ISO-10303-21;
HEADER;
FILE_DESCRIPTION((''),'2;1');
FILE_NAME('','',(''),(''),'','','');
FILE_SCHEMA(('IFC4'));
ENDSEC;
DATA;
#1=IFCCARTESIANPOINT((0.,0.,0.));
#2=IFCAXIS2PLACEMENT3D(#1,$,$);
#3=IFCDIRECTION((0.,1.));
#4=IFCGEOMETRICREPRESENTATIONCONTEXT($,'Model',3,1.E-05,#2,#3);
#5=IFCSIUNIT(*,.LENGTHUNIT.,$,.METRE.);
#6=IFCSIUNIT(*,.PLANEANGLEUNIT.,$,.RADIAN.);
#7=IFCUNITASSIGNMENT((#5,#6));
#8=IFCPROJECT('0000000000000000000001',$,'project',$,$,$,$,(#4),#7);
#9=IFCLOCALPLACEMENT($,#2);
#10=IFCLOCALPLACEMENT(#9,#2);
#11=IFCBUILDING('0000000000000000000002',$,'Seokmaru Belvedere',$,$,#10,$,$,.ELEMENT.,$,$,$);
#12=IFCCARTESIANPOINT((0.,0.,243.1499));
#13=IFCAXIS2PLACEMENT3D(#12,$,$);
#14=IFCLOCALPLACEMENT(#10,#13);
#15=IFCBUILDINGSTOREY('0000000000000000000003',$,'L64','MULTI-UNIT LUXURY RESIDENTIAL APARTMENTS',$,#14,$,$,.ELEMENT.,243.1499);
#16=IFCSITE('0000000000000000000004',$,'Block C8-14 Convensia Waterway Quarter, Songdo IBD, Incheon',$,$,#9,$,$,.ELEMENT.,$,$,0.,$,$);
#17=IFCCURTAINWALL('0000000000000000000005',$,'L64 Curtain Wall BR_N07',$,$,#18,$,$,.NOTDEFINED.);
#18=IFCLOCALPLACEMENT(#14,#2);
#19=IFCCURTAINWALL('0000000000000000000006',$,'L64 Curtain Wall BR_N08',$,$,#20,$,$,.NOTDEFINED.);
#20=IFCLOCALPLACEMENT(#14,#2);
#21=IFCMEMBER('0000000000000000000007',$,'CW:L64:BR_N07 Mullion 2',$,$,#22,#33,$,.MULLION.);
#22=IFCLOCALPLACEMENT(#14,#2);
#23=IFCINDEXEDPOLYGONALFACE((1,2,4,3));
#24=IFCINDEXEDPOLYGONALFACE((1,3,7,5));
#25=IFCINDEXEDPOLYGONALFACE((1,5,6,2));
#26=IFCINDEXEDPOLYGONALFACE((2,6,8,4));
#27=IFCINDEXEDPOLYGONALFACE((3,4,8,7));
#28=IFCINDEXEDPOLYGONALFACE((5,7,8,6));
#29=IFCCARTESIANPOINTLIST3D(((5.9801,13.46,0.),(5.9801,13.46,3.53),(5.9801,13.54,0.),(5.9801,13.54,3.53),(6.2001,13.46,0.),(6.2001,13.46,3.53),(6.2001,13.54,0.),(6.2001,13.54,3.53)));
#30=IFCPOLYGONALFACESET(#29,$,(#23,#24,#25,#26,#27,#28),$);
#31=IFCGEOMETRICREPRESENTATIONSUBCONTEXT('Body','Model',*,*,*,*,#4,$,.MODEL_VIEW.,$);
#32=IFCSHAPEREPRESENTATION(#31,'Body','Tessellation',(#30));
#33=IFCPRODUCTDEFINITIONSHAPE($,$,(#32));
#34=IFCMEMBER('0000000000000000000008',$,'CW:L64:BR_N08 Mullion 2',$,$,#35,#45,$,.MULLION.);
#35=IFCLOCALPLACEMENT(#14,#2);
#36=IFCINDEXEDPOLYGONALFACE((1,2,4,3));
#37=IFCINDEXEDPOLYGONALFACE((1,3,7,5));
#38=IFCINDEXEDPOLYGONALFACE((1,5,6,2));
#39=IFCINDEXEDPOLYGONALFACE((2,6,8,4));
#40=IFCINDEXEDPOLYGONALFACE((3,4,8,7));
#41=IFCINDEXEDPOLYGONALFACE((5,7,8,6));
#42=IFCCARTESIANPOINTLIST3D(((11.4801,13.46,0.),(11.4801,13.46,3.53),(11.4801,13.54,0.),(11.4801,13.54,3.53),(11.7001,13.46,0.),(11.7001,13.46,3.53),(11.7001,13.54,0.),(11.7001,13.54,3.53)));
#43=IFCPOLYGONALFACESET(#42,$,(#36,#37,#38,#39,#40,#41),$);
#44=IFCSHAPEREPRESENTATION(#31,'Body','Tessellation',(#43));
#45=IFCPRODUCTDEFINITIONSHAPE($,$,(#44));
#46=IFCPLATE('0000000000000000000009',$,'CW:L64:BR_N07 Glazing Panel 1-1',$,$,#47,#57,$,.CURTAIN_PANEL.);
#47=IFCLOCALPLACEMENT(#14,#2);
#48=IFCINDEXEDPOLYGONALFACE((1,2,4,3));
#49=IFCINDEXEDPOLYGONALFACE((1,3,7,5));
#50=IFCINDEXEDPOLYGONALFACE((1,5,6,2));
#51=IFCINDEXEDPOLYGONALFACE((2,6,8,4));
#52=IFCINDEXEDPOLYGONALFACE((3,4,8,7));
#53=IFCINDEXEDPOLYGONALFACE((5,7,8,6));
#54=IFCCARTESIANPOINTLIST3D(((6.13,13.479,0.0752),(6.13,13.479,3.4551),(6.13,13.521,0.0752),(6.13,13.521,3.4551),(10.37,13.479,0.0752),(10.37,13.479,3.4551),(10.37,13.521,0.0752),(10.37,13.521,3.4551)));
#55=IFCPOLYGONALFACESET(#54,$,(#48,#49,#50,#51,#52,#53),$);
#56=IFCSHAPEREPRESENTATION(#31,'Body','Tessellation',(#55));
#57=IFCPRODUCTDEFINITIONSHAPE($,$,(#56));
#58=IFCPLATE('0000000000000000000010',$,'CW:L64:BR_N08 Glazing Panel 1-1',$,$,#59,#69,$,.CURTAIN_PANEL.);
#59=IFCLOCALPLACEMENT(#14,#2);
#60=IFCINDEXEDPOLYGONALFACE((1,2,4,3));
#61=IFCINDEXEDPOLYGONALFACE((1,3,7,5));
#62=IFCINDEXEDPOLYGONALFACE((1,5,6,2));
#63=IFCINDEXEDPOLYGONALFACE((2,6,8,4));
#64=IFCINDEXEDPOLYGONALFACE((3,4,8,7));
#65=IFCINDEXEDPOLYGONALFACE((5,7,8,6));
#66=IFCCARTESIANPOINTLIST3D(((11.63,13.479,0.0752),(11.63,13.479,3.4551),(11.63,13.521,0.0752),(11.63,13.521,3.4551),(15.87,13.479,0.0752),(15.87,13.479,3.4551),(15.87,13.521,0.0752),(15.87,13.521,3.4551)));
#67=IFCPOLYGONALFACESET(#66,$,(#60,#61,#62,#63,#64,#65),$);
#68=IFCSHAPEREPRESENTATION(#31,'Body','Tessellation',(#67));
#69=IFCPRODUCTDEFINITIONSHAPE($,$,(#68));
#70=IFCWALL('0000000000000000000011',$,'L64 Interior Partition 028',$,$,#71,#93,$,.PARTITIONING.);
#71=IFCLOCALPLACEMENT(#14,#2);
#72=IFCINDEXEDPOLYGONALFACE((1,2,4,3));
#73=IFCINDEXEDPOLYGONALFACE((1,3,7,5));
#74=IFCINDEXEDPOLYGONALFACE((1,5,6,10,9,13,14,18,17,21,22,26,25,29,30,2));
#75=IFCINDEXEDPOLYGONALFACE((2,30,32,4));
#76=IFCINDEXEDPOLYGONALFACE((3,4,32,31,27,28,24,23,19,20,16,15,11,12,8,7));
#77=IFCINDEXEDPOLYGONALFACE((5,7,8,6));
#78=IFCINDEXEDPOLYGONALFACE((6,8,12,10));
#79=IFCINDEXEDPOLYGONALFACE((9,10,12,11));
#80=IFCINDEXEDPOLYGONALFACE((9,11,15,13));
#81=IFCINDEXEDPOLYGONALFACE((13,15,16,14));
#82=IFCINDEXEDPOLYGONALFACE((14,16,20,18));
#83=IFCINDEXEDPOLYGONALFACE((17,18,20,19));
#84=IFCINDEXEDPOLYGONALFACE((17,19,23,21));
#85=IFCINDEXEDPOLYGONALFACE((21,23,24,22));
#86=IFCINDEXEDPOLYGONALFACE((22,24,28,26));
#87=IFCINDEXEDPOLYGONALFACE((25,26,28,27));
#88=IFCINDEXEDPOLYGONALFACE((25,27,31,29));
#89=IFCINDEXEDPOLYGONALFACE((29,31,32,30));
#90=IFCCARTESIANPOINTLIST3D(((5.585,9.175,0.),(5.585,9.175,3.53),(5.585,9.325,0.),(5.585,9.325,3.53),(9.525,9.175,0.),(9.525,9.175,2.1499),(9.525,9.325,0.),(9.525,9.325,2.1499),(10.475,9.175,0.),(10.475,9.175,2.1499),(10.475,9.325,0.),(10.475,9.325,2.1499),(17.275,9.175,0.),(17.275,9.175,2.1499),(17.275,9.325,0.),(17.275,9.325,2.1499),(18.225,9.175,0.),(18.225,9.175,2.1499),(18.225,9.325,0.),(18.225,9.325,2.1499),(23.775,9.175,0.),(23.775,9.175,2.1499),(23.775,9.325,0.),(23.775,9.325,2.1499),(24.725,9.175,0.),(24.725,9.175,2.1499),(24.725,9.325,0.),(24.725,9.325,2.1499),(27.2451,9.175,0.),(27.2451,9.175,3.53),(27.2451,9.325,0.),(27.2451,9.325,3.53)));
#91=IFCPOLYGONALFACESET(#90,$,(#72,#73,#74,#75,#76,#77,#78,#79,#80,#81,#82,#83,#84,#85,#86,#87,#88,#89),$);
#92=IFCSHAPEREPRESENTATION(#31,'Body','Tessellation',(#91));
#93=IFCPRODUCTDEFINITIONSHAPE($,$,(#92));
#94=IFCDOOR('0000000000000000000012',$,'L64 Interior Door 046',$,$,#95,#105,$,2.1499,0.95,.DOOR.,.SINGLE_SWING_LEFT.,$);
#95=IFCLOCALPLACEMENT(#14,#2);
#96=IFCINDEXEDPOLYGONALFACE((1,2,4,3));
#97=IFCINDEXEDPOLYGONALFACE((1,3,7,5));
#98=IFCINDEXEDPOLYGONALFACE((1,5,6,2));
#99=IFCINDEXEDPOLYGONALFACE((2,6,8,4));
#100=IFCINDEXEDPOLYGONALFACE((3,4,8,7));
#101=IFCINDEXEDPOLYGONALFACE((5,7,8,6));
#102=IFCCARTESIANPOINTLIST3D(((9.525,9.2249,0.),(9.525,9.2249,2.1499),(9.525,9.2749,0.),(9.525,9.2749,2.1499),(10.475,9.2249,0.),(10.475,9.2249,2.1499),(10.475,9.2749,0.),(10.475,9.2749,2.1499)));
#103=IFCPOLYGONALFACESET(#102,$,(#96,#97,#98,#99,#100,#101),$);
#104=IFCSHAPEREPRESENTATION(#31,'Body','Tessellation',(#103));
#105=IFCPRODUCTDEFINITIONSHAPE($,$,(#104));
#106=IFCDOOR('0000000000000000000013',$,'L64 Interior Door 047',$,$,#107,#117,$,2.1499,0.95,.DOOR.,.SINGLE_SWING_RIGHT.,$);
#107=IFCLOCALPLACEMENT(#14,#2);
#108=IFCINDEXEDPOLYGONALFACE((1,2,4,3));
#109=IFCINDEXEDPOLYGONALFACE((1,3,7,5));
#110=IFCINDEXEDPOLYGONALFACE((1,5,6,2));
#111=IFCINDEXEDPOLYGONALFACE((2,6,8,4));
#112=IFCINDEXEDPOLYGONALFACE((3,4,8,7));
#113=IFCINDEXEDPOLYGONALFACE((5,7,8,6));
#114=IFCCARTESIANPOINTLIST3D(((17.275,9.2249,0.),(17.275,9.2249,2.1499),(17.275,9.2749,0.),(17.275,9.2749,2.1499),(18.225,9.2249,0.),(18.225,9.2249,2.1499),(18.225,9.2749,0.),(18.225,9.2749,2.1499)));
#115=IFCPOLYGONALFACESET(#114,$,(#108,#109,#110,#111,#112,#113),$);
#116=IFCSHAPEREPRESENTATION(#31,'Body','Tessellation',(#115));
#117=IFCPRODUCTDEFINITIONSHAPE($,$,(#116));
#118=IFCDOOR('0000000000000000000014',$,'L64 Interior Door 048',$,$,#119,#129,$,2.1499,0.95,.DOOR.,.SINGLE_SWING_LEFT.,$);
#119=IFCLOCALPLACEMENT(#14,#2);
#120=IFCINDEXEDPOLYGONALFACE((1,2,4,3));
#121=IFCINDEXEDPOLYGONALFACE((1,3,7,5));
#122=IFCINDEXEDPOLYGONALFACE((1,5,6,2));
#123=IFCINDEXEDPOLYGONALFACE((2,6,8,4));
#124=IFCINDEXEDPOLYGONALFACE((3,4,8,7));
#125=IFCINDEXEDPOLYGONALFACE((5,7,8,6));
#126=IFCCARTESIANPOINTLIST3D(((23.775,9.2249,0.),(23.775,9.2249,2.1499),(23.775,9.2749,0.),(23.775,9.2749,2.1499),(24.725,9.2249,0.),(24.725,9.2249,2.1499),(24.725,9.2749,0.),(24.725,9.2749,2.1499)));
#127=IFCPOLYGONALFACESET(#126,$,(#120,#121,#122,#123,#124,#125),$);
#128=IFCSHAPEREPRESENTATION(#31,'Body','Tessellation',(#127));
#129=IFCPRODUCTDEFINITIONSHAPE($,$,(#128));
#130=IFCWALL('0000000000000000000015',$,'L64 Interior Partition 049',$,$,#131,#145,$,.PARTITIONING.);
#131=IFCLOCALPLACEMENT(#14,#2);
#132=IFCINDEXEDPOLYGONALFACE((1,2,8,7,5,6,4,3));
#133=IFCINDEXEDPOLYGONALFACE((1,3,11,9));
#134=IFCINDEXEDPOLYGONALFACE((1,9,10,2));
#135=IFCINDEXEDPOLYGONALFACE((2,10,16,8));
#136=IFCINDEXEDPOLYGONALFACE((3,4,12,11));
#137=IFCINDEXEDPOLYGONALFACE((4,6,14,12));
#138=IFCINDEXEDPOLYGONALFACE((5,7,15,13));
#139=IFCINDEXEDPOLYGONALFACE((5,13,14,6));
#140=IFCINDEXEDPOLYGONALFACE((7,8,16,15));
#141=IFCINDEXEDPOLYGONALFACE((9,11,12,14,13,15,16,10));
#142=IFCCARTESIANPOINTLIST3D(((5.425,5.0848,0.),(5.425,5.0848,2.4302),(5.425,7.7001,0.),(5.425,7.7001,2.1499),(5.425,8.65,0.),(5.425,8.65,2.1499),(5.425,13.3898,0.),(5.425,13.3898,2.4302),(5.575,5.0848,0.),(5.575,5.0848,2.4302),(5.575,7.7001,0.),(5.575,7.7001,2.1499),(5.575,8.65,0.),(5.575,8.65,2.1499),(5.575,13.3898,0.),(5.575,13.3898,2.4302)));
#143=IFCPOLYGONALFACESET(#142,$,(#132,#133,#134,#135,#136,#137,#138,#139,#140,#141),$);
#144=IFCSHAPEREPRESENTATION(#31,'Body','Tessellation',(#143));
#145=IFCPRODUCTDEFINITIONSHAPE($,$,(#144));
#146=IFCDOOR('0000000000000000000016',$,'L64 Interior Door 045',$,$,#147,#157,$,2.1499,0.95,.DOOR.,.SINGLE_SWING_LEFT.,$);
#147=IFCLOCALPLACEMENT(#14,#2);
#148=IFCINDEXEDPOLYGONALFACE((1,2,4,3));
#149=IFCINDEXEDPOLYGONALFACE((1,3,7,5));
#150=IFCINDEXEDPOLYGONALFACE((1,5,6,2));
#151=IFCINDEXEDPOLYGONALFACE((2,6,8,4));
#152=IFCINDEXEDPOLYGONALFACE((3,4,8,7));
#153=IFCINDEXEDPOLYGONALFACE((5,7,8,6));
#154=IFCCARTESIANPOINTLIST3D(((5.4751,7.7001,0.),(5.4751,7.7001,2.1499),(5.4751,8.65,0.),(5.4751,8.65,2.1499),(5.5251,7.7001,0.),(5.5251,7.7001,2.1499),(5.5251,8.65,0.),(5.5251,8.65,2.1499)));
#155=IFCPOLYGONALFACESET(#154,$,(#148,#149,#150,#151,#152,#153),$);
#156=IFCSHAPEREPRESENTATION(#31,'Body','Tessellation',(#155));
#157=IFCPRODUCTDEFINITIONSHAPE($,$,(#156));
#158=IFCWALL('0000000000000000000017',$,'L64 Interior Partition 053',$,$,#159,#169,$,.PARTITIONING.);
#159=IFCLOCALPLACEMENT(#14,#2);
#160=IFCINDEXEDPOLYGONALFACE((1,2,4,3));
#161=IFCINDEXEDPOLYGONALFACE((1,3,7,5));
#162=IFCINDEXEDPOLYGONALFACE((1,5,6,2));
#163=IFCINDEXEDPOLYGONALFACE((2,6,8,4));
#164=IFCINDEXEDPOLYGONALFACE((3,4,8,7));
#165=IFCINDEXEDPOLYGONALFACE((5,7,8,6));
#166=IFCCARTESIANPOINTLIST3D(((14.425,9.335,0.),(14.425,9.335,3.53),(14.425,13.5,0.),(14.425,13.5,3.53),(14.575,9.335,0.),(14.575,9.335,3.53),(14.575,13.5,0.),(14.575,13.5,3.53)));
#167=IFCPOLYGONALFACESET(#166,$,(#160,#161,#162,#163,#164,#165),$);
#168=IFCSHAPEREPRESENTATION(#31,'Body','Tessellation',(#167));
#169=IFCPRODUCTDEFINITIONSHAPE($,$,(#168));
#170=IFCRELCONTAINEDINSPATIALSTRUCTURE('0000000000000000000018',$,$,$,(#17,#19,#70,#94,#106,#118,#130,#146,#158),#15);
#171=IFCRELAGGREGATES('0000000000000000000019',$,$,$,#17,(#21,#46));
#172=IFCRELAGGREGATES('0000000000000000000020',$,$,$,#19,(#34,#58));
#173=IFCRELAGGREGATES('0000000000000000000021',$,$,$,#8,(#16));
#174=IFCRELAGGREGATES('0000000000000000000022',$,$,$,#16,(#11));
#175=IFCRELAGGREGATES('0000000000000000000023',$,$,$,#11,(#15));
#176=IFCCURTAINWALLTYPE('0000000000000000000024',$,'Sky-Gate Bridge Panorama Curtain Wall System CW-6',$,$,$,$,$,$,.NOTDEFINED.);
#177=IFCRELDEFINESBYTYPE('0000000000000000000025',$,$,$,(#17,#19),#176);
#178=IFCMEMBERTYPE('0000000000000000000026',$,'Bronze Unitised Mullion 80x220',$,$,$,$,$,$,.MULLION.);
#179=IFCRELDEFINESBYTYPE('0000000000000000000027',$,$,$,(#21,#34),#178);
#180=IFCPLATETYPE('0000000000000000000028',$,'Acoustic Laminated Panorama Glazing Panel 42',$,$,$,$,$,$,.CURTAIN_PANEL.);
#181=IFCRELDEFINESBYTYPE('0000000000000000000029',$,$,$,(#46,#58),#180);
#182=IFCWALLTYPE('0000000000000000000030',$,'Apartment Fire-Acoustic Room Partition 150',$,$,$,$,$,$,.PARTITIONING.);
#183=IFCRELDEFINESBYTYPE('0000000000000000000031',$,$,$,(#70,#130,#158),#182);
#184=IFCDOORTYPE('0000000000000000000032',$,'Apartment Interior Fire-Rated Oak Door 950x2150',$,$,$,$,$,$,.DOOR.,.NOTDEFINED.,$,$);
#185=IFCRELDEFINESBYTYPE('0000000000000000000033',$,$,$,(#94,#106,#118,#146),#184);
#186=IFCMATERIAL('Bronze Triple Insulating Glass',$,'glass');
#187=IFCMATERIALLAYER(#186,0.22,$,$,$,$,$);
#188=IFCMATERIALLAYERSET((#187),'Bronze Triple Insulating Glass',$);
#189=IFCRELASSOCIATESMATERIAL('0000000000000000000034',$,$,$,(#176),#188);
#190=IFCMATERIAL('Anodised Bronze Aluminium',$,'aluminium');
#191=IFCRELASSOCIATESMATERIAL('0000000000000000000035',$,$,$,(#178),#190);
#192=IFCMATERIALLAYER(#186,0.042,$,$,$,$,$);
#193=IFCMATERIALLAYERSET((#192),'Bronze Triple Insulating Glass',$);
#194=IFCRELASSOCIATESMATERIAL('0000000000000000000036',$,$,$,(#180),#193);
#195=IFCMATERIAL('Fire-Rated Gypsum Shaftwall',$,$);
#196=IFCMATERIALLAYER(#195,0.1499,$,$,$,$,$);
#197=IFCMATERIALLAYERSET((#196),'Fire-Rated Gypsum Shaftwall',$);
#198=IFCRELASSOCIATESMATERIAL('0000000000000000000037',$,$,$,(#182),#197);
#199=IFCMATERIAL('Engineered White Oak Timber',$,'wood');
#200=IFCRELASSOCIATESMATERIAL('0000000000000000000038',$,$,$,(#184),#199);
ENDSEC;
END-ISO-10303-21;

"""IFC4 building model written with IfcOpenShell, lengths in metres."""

from ifc_helpers import new_model, si_unit, direction, frame, frame_2d, origin, origin_2d, place, context, subcontext, project, spatial, rectangle, extrude, source, transform, mapped, material, layer, layer_set, material_profile, profile_set, type_object, type_shapes, element, fill, aggregate, save


model = new_model("IFC4")

# Units and contexts
model_context = context("Model", 3, precision=1e-05, world=origin(), true_north=direction((0.0, 1.0)))
body_context = subcontext(model_context, "Body", "Model", "MODEL_VIEW")
ifc_project = project(units=[si_unit("LENGTHUNIT", "METRE"), si_unit("PLANEANGLEUNIT", "RADIAN")], contexts=[model_context])

# Site, building, storey
site_placement = place(None, origin())
site = spatial("IfcSite", under=ifc_project, at=site_placement, Name="Block C8-14 Convensia Waterway Quarter, Songdo IBD, Incheon", CompositionType="ELEMENT", RefElevation=0.0)
building_placement = place(site_placement, origin())
building = spatial("IfcBuilding", under=site, at=building_placement, Name="Seokmaru Belvedere", CompositionType="ELEMENT")
storey_placement = place(building_placement, frame((0.0, 0.0, 243.1499)))
storey = spatial("IfcBuildingStorey", under=building, at=storey_placement, Name="L64", Description="MULTI-UNIT LUXURY RESIDENTIAL APARTMENTS", CompositionType="ELEMENT", Elevation=243.1499)

# Curtain walls
ifc_material_1 = material(Name="Bronze Triple Insulating Glass", Category="glass")
ifc_layer_1 = layer(ifc_material_1, 0.22)
ifc_layer_set_1 = layer_set([ifc_layer_1], Name="Bronze Triple Insulating Glass")
curtain_wall_type = type_object("IfcCurtainWallType", Name="Sky-Gate Bridge Panorama Curtain Wall System CW-6", PredefinedType="NOTDEFINED", material=ifc_layer_set_1)
curtain_wall_1_placement = place(storey_placement, origin())
curtain_wall_1 = element("IfcCurtainWall", 1, at=curtain_wall_1_placement, inside=storey, type_object=curtain_wall_type, Name="L64 Curtain Wall BR_N07", PredefinedType="NOTDEFINED")
ifc_material_2 = material(Name="Anodised Bronze Aluminium", Category="aluminium")
curtain_wall_2_placement = place(storey_placement, origin())
curtain_wall_2 = element("IfcCurtainWall", 2, at=curtain_wall_2_placement, inside=storey, type_object=curtain_wall_type, Name="L64 Curtain Wall BR_N08", PredefinedType="NOTDEFINED")

# Members
ifc_material_profile_1 = material_profile(ifc_material_2, rectangle(XDim=0.0801, YDim=0.22, at=origin_2d()), Name="CW-M-80x220")
ifc_profile_set_1 = profile_set([ifc_material_profile_1], Name="Anodised Bronze Aluminium")
member_type_1 = type_object("IfcMemberType", Name="Bronze Unitised Mullion 80x220", PredefinedType="MULLION", material=ifc_profile_set_1)
shared_shape_1 = source(origin(), body_context, "Body", "SweptSolid", [
    extrude(rectangle(XDim=0.0801, YDim=0.22, at=origin_2d()), origin(), (0.0, 0.0, 1.0), 3.53),
])
type_shapes(member_type_1, [shared_shape_1])
member_1_placement = place(storey_placement, frame((6.0901, 13.5, 0.0), z_axis=(0.0, 0.0, 1.0), x_axis=(0.0, -1.0, 0.0)))
member_1 = element("IfcMember", 3, at=member_1_placement, type_object=member_type_1, Name="CW:L64:BR_N07 Mullion 2", PredefinedType="MULLION", context=body_context, shape_type="MappedRepresentation", body=[
    mapped(shared_shape_1, transform((0.0, 0.0, 0.0), scale=1.0)),
])
member_2_placement = place(storey_placement, frame((11.5901, 13.5, 0.0), z_axis=(0.0, 0.0, 1.0), x_axis=(0.0, -1.0, 0.0)))
member_2 = element("IfcMember", 4, at=member_2_placement, type_object=member_type_1, Name="CW:L64:BR_N08 Mullion 2", PredefinedType="MULLION", context=body_context, shape_type="MappedRepresentation", body=[
    mapped(shared_shape_1, transform((0.0, 0.0, 0.0), scale=1.0)),
])

# Plates
ifc_layer_2 = layer(ifc_material_1, 0.042)
ifc_layer_set_2 = layer_set([ifc_layer_2], Name="Bronze Triple Insulating Glass")
plate_type = type_object("IfcPlateType", Name="Acoustic Laminated Panorama Glazing Panel 42", PredefinedType="CURTAIN_PANEL", material=ifc_layer_set_2)
shared_shape_2 = source(origin(), body_context, "Body", "SweptSolid", [
    extrude(rectangle(XDim=4.24, YDim=0.042, at=origin_2d()), origin(), (0.0, 0.0, 1.0), 3.3799),
])
type_shapes(plate_type, [shared_shape_2])
plate_1_placement = place(storey_placement, frame((8.25, 13.5, 0.0752), z_axis=(0.0, 0.0, 1.0), x_axis=(-1.0, 0.0, 0.0)))
plate_1 = element("IfcPlate", 5, at=plate_1_placement, type_object=plate_type, Name="CW:L64:BR_N07 Glazing Panel 1-1", PredefinedType="CURTAIN_PANEL", context=body_context, shape_type="MappedRepresentation", body=[
    mapped(shared_shape_2, transform((0.0, 0.0, 0.0), scale=1.0)),
])
aggregate(curtain_wall_1, [member_1, plate_1])
plate_2_placement = place(storey_placement, frame((13.75, 13.5, 0.0752), z_axis=(0.0, 0.0, 1.0), x_axis=(-1.0, 0.0, 0.0)))
plate_2 = element("IfcPlate", 6, at=plate_2_placement, type_object=plate_type, Name="CW:L64:BR_N08 Glazing Panel 1-1", PredefinedType="CURTAIN_PANEL", context=body_context, shape_type="MappedRepresentation", body=[
    mapped(shared_shape_2, transform((0.0, 0.0, 0.0), scale=1.0)),
])
aggregate(curtain_wall_2, [member_2, plate_2])

# Wall, openings, doors
ifc_material_3 = material(Name="Fire-Rated Gypsum Shaftwall")
ifc_layer_3 = layer(ifc_material_3, 0.1499)
ifc_layer_set_3 = layer_set([ifc_layer_3], Name="Fire-Rated Gypsum Shaftwall")
wall_type_1 = type_object("IfcWallType", Name="Apartment Fire-Acoustic Room Partition 150", PredefinedType="PARTITIONING", material=ifc_layer_set_3)
wall_1_placement = place(storey_placement, frame((5.585, 9.25, 0.0), z_axis=(0.0, 0.0, 1.0), x_axis=(1.0, 0.0, 0.0)))
wall_1 = element("IfcWall", 7, at=wall_1_placement, inside=storey, type_object=wall_type_1, Name="L64 Interior Partition 028", PredefinedType="PARTITIONING", context=body_context, shape_type="SweptSolid", body=[
    extrude(rectangle(XDim=21.6602, YDim=0.1499, at=frame_2d((10.8301, 0.0))), origin(), (0.0, 0.0, 1.0), 3.53),
])
opening_1_placement = place(wall_1_placement, frame((3.9399, 0.0, 0.0)))
opening_1 = element("IfcOpeningElement", 8, at=opening_1_placement, cuts=wall_1, PredefinedType="OPENING", context=body_context, shape_type="SweptSolid", body=[
    extrude(rectangle(XDim=0.95, YDim=2.1499, at=frame_2d((0.4751, 1.075))), frame((0.0, 0.085, 0.0), z_axis=(0.0, -1.0, 0.0), x_axis=(1.0, 0.0, 0.0)), (0.0, 0.0, 1.0), 0.1699),
])
opening_2_placement = place(wall_1_placement, frame((11.6899, 0.0, 0.0)))
opening_2 = element("IfcOpeningElement", 9, at=opening_2_placement, cuts=wall_1, PredefinedType="OPENING", context=body_context, shape_type="SweptSolid", body=[
    extrude(rectangle(XDim=0.95, YDim=2.1499, at=frame_2d((0.4751, 1.075))), frame((0.0, 0.085, 0.0), z_axis=(0.0, -1.0, 0.0), x_axis=(1.0, 0.0, 0.0)), (0.0, 0.0, 1.0), 0.1699),
])
opening_3_placement = place(wall_1_placement, frame((18.1899, 0.0, 0.0)))
opening_3 = element("IfcOpeningElement", 10, at=opening_3_placement, cuts=wall_1, PredefinedType="OPENING", context=body_context, shape_type="SweptSolid", body=[
    extrude(rectangle(XDim=0.95, YDim=2.1499, at=frame_2d((0.4751, 1.075))), frame((0.0, 0.085, 0.0), z_axis=(0.0, -1.0, 0.0), x_axis=(1.0, 0.0, 0.0)), (0.0, 0.0, 1.0), 0.1699),
])
ifc_material_4 = material(Name="Engineered White Oak Timber", Category="wood")
door_type_1 = type_object("IfcDoorType", Name="Apartment Interior Fire-Rated Oak Door 950x2150", OperationType="NOTDEFINED", PredefinedType="DOOR", material=ifc_material_4)
shared_shape_3 = source(origin(), body_context, "Body", "SweptSolid", [
    extrude(rectangle(XDim=0.95, YDim=2.1499, at=frame_2d((0.4751, 1.075))), frame((0.0, 0.0249, 0.0), z_axis=(0.0, -1.0, 0.0), x_axis=(1.0, 0.0, 0.0)), (0.0, 0.0, 1.0), 0.05),
])
type_shapes(door_type_1, [shared_shape_3])
door_1_placement = place(opening_1_placement, origin())
door_1 = element("IfcDoor", 11, at=door_1_placement, inside=storey, type_object=door_type_1, Name="L64 Interior Door 046", OperationType="SINGLE_SWING_LEFT", OverallHeight=2.1499, OverallWidth=0.95, PredefinedType="DOOR", context=body_context, shape_type="MappedRepresentation", body=[
    mapped(shared_shape_3, transform((0.0, 0.0, 0.0), scale=1.0)),
])
fill(opening_1, door_1)
door_2_placement = place(opening_2_placement, origin())
door_2 = element("IfcDoor", 12, at=door_2_placement, inside=storey, type_object=door_type_1, Name="L64 Interior Door 047", OperationType="SINGLE_SWING_RIGHT", OverallHeight=2.1499, OverallWidth=0.95, PredefinedType="DOOR", context=body_context, shape_type="MappedRepresentation", body=[
    mapped(shared_shape_3, transform((0.0, 0.0, 0.0), scale=1.0)),
])
fill(opening_2, door_2)
door_3_placement = place(opening_3_placement, origin())
door_3 = element("IfcDoor", 13, at=door_3_placement, inside=storey, type_object=door_type_1, Name="L64 Interior Door 048", OperationType="SINGLE_SWING_LEFT", OverallHeight=2.1499, OverallWidth=0.95, PredefinedType="DOOR", context=body_context, shape_type="MappedRepresentation", body=[
    mapped(shared_shape_3, transform((0.0, 0.0, 0.0), scale=1.0)),
])
fill(opening_3, door_3)

# Wall, opening, door
wall_2_placement = place(storey_placement, frame((5.5, 5.085, 0.0), z_axis=(0.0, 0.0, 1.0), x_axis=(0.0, 1.0, 0.0)))
wall_2 = element("IfcWall", 14, at=wall_2_placement, inside=storey, type_object=wall_type_1, Name="L64 Interior Partition 049", PredefinedType="PARTITIONING", context=body_context, shape_type="SweptSolid", body=[
    extrude(rectangle(XDim=8.3049, YDim=0.1499, at=frame_2d((4.1523, 0.0))), origin(), (0.0, 0.0, 1.0), 2.4302),
])
opening_4_placement = place(wall_2_placement, frame((2.615, 0.0, 0.0)))
opening_4 = element("IfcOpeningElement", 15, at=opening_4_placement, cuts=wall_2, PredefinedType="OPENING", context=body_context, shape_type="SweptSolid", body=[
    extrude(rectangle(XDim=0.95, YDim=2.1499, at=frame_2d((0.4751, 1.075))), frame((0.0, 0.085, 0.0), z_axis=(0.0, -1.0, 0.0), x_axis=(1.0, 0.0, 0.0)), (0.0, 0.0, 1.0), 0.1699),
])
door_4_placement = place(opening_4_placement, origin())
door_4 = element("IfcDoor", 16, at=door_4_placement, inside=storey, type_object=door_type_1, Name="L64 Interior Door 045", OperationType="SINGLE_SWING_LEFT", OverallHeight=2.1499, OverallWidth=0.95, PredefinedType="DOOR", context=body_context, shape_type="MappedRepresentation", body=[
    mapped(shared_shape_3, transform((0.0, 0.0, 0.0), scale=1.0)),
])
fill(opening_4, door_4)

# Wall
wall_3_placement = place(storey_placement, frame((14.5, 9.335, 0.0), z_axis=(0.0, 0.0, 1.0), x_axis=(0.0, 1.0, 0.0)))
element("IfcWall", 17, at=wall_3_placement, inside=storey, type_object=wall_type_1, Name="L64 Interior Partition 053", PredefinedType="PARTITIONING", context=body_context, shape_type="SweptSolid", body=[
    extrude(rectangle(XDim=4.165, YDim=0.1499, at=frame_2d((2.0825, 0.0))), origin(), (0.0, 0.0, 1.0), 3.53),
])

save(model, "model.ifc")
